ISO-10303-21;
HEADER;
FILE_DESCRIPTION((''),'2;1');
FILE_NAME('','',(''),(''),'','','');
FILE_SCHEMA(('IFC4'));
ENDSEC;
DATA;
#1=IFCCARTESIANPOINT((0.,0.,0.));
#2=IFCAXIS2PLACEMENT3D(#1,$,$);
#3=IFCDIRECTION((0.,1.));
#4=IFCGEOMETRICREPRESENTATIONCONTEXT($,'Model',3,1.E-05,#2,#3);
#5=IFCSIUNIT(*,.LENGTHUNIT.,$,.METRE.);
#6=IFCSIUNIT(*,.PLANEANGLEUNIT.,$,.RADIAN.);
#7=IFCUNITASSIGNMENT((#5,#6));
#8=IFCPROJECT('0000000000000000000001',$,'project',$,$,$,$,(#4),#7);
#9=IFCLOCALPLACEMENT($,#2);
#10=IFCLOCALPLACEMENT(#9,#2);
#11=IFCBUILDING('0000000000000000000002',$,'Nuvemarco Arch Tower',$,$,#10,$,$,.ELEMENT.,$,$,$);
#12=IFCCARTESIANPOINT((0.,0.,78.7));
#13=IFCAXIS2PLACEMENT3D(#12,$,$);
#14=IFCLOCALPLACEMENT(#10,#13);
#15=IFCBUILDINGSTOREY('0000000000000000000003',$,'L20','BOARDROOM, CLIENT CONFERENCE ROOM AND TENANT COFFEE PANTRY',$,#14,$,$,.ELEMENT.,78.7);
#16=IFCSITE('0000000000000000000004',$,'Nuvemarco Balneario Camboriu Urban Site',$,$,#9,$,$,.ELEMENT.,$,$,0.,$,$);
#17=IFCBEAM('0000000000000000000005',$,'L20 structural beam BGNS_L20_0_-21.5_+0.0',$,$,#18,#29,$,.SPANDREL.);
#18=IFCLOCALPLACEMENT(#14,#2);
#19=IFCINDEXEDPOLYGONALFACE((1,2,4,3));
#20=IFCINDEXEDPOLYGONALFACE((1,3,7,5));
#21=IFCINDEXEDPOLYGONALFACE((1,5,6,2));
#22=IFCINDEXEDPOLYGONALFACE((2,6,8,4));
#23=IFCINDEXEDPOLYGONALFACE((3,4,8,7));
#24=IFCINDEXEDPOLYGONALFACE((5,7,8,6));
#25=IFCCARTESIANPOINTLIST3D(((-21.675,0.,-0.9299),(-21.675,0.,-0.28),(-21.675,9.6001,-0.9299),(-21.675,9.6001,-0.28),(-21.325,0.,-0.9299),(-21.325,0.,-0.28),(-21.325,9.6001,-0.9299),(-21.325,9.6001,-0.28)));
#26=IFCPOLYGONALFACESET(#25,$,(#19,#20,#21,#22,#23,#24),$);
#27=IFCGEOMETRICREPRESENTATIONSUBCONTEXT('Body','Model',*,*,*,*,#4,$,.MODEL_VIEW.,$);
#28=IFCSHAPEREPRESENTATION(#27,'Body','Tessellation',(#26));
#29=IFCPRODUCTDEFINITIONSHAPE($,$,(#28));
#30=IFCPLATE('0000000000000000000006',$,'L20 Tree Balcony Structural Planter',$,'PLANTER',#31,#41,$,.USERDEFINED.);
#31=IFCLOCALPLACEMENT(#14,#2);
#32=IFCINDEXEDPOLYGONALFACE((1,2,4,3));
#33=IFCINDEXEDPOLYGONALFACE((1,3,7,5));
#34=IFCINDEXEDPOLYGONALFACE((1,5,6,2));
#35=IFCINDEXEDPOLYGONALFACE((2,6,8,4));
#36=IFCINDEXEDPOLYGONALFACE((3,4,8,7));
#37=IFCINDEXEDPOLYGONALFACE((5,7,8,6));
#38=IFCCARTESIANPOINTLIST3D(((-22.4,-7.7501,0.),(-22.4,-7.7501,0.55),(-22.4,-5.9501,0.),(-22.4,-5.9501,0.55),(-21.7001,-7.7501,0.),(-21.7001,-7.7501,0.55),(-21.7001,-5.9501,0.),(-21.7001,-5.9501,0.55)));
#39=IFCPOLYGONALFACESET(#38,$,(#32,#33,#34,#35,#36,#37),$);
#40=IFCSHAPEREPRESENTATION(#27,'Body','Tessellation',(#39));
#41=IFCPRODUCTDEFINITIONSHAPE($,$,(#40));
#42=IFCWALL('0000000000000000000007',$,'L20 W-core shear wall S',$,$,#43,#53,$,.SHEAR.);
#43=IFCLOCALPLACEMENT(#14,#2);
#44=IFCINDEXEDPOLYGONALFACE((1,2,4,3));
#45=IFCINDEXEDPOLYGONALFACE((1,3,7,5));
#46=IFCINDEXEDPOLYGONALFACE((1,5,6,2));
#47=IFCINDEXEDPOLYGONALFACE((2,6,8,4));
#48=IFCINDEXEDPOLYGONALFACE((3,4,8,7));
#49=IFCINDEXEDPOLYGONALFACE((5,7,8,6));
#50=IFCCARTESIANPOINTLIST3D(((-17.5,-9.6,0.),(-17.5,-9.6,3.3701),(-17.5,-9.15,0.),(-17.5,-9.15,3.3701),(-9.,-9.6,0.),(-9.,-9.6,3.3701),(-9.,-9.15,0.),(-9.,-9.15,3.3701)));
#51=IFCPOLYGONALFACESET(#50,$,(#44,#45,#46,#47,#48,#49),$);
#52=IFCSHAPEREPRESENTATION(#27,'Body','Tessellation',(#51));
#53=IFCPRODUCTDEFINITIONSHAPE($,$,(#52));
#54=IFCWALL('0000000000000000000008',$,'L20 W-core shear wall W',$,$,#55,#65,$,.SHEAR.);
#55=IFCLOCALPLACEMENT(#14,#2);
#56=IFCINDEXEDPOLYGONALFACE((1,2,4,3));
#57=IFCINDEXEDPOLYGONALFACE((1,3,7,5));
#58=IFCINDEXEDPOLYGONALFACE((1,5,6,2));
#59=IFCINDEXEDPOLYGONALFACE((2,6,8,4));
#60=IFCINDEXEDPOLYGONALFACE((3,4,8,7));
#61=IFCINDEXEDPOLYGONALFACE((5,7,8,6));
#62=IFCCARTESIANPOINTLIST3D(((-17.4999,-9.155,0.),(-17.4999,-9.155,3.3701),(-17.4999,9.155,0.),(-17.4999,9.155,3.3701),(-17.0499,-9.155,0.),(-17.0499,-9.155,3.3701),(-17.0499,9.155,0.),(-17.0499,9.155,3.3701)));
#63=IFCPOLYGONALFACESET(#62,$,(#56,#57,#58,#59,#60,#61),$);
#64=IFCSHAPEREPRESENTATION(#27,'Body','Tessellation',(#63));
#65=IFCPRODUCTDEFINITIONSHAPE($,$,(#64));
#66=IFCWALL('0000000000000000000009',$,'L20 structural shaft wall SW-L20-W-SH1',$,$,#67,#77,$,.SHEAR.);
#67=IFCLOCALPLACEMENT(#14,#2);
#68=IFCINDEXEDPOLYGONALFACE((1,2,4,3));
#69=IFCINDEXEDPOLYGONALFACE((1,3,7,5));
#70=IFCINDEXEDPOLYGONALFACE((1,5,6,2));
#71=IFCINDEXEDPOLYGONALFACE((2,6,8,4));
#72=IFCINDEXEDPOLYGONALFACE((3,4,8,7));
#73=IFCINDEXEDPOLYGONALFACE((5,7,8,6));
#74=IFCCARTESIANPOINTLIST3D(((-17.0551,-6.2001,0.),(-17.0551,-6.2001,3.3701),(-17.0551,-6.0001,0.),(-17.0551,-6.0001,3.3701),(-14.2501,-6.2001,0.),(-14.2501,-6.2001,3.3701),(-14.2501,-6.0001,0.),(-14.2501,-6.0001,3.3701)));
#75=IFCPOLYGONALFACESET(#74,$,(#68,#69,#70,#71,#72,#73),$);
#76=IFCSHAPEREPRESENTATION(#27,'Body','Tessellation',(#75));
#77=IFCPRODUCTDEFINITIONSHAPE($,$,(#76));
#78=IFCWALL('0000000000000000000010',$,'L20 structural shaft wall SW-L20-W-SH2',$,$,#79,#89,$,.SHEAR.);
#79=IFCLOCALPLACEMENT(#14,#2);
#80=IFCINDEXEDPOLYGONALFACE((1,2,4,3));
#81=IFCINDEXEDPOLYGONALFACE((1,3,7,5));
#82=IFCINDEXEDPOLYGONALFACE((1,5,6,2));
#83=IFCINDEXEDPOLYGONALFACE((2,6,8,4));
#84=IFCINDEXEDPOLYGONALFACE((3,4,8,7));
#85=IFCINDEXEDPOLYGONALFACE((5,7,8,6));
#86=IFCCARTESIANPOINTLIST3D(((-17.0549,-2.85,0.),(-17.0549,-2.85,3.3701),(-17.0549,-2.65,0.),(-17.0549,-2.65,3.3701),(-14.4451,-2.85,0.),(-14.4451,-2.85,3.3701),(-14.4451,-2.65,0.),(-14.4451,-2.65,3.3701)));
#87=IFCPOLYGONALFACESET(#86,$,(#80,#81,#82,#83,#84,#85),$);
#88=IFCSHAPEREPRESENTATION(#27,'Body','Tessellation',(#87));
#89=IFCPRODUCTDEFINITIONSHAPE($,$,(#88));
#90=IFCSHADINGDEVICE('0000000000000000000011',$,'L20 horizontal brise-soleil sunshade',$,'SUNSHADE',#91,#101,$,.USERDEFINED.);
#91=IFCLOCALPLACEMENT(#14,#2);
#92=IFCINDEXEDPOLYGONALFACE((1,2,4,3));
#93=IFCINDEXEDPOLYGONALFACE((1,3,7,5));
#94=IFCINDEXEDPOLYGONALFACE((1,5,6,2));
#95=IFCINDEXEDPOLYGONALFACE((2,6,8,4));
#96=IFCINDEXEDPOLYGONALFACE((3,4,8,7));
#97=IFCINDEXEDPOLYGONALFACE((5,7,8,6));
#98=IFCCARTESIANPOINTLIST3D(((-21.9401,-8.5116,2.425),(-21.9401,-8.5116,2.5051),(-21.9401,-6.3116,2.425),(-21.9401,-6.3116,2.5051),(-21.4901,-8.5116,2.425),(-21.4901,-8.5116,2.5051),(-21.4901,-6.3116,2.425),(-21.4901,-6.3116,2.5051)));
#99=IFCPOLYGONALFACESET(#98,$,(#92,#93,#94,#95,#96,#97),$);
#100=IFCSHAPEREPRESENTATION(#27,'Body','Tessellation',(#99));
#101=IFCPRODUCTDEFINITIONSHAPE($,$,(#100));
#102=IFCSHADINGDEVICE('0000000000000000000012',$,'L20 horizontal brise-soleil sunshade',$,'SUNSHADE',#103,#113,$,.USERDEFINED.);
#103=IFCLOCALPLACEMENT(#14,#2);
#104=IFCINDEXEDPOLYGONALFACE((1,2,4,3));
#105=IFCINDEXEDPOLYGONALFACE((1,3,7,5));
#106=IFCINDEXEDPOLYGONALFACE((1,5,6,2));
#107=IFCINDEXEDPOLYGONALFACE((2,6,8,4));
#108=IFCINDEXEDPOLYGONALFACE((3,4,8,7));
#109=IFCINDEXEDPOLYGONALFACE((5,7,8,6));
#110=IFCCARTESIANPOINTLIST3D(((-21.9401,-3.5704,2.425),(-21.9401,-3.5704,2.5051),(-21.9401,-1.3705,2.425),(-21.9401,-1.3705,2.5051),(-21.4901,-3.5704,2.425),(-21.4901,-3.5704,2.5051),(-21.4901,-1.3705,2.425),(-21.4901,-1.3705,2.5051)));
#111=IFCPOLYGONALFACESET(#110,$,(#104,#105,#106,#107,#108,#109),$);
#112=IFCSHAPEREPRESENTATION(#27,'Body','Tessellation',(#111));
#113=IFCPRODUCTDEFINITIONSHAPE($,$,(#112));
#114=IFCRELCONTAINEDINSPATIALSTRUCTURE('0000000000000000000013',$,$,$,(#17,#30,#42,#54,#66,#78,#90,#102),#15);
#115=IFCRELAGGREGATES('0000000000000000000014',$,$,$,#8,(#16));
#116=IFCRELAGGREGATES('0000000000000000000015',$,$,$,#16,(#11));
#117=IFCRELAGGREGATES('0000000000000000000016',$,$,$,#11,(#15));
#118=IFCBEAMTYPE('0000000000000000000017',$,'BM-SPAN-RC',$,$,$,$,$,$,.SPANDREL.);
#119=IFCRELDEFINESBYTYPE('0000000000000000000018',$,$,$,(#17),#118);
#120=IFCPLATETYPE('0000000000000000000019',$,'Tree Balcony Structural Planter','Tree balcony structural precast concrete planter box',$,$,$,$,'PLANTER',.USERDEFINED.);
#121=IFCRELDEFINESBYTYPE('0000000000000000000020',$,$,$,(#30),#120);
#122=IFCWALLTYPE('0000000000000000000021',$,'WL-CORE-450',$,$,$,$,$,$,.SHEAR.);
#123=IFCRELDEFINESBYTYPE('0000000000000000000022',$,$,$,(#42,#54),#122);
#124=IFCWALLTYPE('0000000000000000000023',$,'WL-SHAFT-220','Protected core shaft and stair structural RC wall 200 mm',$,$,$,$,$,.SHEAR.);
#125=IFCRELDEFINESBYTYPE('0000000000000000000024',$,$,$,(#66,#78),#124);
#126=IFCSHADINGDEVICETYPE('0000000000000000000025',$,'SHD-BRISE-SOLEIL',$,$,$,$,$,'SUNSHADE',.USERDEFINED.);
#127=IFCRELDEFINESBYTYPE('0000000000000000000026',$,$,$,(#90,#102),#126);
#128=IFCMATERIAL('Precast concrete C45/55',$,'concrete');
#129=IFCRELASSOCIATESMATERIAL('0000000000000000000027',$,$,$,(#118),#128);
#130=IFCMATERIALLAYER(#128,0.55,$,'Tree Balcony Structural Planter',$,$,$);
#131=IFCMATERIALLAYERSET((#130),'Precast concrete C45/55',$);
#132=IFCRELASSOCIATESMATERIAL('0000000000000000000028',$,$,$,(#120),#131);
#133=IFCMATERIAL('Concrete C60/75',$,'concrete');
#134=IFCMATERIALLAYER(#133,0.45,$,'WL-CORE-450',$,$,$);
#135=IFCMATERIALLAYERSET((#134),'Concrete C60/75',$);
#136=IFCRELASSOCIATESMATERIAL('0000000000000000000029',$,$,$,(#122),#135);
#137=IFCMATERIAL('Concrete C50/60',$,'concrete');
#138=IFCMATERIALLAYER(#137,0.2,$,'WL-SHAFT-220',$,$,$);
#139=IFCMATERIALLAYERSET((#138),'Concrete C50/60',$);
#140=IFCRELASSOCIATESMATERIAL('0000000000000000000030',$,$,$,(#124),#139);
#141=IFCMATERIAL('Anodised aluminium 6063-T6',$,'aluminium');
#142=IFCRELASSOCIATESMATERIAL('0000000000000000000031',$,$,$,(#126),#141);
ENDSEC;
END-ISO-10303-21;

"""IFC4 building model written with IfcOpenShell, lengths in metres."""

from ifc_helpers import new_model, si_unit, direction, frame, frame_2d, origin, origin_2d, place, context, subcontext, project, spatial, rectangle, extrude, source, transform, mapped, material, layer, layer_set, material_profile, profile_set, type_object, type_shapes, element, save


model = new_model("IFC4")

# Units and contexts
model_context = context("Model", 3, precision=1e-05, world=origin(), true_north=direction((0.0, 1.0)))
body_context = subcontext(model_context, "Body", "Model", "MODEL_VIEW")
ifc_project = project(units=[si_unit("LENGTHUNIT", "METRE"), si_unit("PLANEANGLEUNIT", "RADIAN")], contexts=[model_context])

# Site, building, storey
site_placement = place(None, origin())
site = spatial("IfcSite", under=ifc_project, at=site_placement, Name="Nuvemarco Balneario Camboriu Urban Site", CompositionType="ELEMENT", RefElevation=0.0)
building_placement = place(site_placement, origin())
building = spatial("IfcBuilding", under=site, at=building_placement, Name="Nuvemarco Arch Tower", CompositionType="ELEMENT")
storey_placement = place(building_placement, frame((0.0, 0.0, 78.7)))
storey = spatial("IfcBuildingStorey", under=building, at=storey_placement, Name="L20", Description="BOARDROOM, CLIENT CONFERENCE ROOM AND TENANT COFFEE PANTRY", CompositionType="ELEMENT", Elevation=78.7)

# Shared definitions
ifc_material_1 = material(Name="Concrete C60/75", Category="concrete")

# Beam
ifc_material_2 = material(Name="Precast concrete C45/55", Category="concrete")
ifc_material_profile_1 = material_profile(ifc_material_2, rectangle(XDim=0.3501, YDim=0.6499, at=origin_2d()), Name="PC-SP-350x650")
ifc_profile_set_1 = profile_set([ifc_material_profile_1], Name="Precast concrete C45/55")
beam_type_1 = type_object("IfcBeamType", Name="BM-SPAN-RC", PredefinedType="SPANDREL", material=ifc_profile_set_1)
beam_1_placement = place(storey_placement, frame((-21.5, 0.0, -0.605), z_axis=(0.0, 1.0, 0.0), x_axis=(-1.0, 0.0, 0.0)))
element("IfcBeam", 1, at=beam_1_placement, inside=storey, type_object=beam_type_1, Name="L20 structural beam BGNS_L20_0_-21.5_+0.0", PredefinedType="SPANDREL", context=body_context, shape_type="SweptSolid", body=[
    extrude(rectangle(XDim=0.3501, YDim=0.6499, at=origin_2d()), origin(), (0.0, 0.0, 1.0), 9.6001),
])

# Plate
ifc_layer_1 = layer(ifc_material_2, 0.55, Name="Tree Balcony Structural Planter")
ifc_layer_set_1 = layer_set([ifc_layer_1], Name="Precast concrete C45/55")
plate_type = type_object("IfcPlateType", Name="Tree Balcony Structural Planter", Description="Tree balcony structural precast concrete planter box", ElementType="PLANTER", PredefinedType="USERDEFINED", material=ifc_layer_set_1)
shared_shape_1 = source(origin(), body_context, "Body", "SweptSolid", [
    extrude(rectangle(XDim=1.8, YDim=0.7, at=origin_2d()), origin(), (0.0, 0.0, 1.0), 0.55),
])
type_shapes(plate_type, [shared_shape_1])
plate_placement = place(storey_placement, frame((-22.05, -6.8501, 0.0), z_axis=(0.0, 0.0, 1.0), x_axis=(0.0, 1.0, 0.0)))
element("IfcPlate", 2, at=plate_placement, inside=storey, type_object=plate_type, Name="L20 Tree Balcony Structural Planter", ObjectType="PLANTER", PredefinedType="USERDEFINED", context=body_context, shape_type="MappedRepresentation", body=[
    mapped(shared_shape_1, transform((0.0, 0.0, 0.0), scale=1.0)),
])

# Walls
ifc_layer_2 = layer(ifc_material_1, 0.45, Name="WL-CORE-450")
ifc_layer_set_2 = layer_set([ifc_layer_2], Name="Concrete C60/75")
wall_type_1 = type_object("IfcWallType", Name="WL-CORE-450", PredefinedType="SHEAR", material=ifc_layer_set_2)
wall_1_placement = place(storey_placement, frame((-17.5, -9.375, 0.0), z_axis=(0.0, 0.0, 1.0), x_axis=(1.0, 0.0, 0.0)))
element("IfcWall", 3, at=wall_1_placement, inside=storey, type_object=wall_type_1, Name="L20 W-core shear wall S", PredefinedType="SHEAR", context=body_context, shape_type="SweptSolid", body=[
    extrude(rectangle(XDim=8.5, YDim=0.45, at=frame_2d((4.25, 0.0))), origin(), (0.0, 0.0, 1.0), 3.3701),
])
wall_2_placement = place(storey_placement, frame((-17.2749, -9.155, 0.0), z_axis=(0.0, 0.0, 1.0), x_axis=(0.0, 1.0, 0.0)))
element("IfcWall", 4, at=wall_2_placement, inside=storey, type_object=wall_type_1, Name="L20 W-core shear wall W", PredefinedType="SHEAR", context=body_context, shape_type="SweptSolid", body=[
    extrude(rectangle(XDim=18.3101, YDim=0.45, at=frame_2d((9.155, 0.0))), origin(), (0.0, 0.0, 1.0), 3.3701),
])
ifc_material_3 = material(Name="Concrete C50/60", Category="concrete")
ifc_layer_3 = layer(ifc_material_3, 0.2, Name="WL-SHAFT-220")
ifc_layer_set_3 = layer_set([ifc_layer_3], Name="Concrete C50/60")
wall_type_2 = type_object("IfcWallType", Name="WL-SHAFT-220", Description="Protected core shaft and stair structural RC wall 200 mm", PredefinedType="SHEAR", material=ifc_layer_set_3)
wall_3_placement = place(storey_placement, frame((-17.0549, -6.1001, 0.0), z_axis=(0.0, 0.0, 1.0), x_axis=(1.0, 0.0, 0.0)))
element("IfcWall", 5, at=wall_3_placement, inside=storey, type_object=wall_type_2, Name="L20 structural shaft wall SW-L20-W-SH1", PredefinedType="SHEAR", context=body_context, shape_type="SweptSolid", body=[
    extrude(rectangle(XDim=2.8049, YDim=0.2, at=frame_2d((1.4023, 0.0))), origin(), (0.0, 0.0, 1.0), 3.3701),
])
wall_4_placement = place(storey_placement, frame((-17.0549, -2.75, 0.0), z_axis=(0.0, 0.0, 1.0), x_axis=(1.0, 0.0, 0.0)))
element("IfcWall", 6, at=wall_4_placement, inside=storey, type_object=wall_type_2, Name="L20 structural shaft wall SW-L20-W-SH2", PredefinedType="SHEAR", context=body_context, shape_type="SweptSolid", body=[
    extrude(rectangle(XDim=2.6099, YDim=0.2, at=frame_2d((1.3049, 0.0))), origin(), (0.0, 0.0, 1.0), 3.3701),
])

# Shading devices
ifc_material_4 = material(Name="Anodised aluminium 6063-T6", Category="aluminium")
shading_device_type = type_object("IfcShadingDeviceType", Name="SHD-BRISE-SOLEIL", ElementType="SUNSHADE", PredefinedType="USERDEFINED", material=ifc_material_4)
shared_shape_2 = source(origin(), body_context, "Body", "SweptSolid", [
    extrude(rectangle(XDim=2.2, YDim=0.45, at=origin_2d()), origin(), (0.0, 0.0, 1.0), 0.0801),
])
type_shapes(shading_device_type, [shared_shape_2])
for number, where, z_axis, x_axis, name in (
    (7, (-21.7151, -7.4116, 2.425), (0.0, 0.0, 1.0), (0.0, 1.0, 0.0), "L20 horizontal brise-soleil sunshade"),
    (8, (-21.7151, -2.4705, 2.425), (0.0, 0.0, 1.0), (0.0, 1.0, 0.0), "L20 horizontal brise-soleil sunshade"),
):
    element("IfcShadingDevice", number, at=place(storey_placement, frame(where, z_axis=z_axis, x_axis=x_axis)), inside=storey, type_object=shading_device_type, Name=name, ObjectType="SUNSHADE", PredefinedType="USERDEFINED", context=body_context, shape_type="MappedRepresentation", body=[
        mapped(shared_shape_2, transform((0.0, 0.0, 0.0), scale=1.0)),
    ])

save(model, "model.ifc")
